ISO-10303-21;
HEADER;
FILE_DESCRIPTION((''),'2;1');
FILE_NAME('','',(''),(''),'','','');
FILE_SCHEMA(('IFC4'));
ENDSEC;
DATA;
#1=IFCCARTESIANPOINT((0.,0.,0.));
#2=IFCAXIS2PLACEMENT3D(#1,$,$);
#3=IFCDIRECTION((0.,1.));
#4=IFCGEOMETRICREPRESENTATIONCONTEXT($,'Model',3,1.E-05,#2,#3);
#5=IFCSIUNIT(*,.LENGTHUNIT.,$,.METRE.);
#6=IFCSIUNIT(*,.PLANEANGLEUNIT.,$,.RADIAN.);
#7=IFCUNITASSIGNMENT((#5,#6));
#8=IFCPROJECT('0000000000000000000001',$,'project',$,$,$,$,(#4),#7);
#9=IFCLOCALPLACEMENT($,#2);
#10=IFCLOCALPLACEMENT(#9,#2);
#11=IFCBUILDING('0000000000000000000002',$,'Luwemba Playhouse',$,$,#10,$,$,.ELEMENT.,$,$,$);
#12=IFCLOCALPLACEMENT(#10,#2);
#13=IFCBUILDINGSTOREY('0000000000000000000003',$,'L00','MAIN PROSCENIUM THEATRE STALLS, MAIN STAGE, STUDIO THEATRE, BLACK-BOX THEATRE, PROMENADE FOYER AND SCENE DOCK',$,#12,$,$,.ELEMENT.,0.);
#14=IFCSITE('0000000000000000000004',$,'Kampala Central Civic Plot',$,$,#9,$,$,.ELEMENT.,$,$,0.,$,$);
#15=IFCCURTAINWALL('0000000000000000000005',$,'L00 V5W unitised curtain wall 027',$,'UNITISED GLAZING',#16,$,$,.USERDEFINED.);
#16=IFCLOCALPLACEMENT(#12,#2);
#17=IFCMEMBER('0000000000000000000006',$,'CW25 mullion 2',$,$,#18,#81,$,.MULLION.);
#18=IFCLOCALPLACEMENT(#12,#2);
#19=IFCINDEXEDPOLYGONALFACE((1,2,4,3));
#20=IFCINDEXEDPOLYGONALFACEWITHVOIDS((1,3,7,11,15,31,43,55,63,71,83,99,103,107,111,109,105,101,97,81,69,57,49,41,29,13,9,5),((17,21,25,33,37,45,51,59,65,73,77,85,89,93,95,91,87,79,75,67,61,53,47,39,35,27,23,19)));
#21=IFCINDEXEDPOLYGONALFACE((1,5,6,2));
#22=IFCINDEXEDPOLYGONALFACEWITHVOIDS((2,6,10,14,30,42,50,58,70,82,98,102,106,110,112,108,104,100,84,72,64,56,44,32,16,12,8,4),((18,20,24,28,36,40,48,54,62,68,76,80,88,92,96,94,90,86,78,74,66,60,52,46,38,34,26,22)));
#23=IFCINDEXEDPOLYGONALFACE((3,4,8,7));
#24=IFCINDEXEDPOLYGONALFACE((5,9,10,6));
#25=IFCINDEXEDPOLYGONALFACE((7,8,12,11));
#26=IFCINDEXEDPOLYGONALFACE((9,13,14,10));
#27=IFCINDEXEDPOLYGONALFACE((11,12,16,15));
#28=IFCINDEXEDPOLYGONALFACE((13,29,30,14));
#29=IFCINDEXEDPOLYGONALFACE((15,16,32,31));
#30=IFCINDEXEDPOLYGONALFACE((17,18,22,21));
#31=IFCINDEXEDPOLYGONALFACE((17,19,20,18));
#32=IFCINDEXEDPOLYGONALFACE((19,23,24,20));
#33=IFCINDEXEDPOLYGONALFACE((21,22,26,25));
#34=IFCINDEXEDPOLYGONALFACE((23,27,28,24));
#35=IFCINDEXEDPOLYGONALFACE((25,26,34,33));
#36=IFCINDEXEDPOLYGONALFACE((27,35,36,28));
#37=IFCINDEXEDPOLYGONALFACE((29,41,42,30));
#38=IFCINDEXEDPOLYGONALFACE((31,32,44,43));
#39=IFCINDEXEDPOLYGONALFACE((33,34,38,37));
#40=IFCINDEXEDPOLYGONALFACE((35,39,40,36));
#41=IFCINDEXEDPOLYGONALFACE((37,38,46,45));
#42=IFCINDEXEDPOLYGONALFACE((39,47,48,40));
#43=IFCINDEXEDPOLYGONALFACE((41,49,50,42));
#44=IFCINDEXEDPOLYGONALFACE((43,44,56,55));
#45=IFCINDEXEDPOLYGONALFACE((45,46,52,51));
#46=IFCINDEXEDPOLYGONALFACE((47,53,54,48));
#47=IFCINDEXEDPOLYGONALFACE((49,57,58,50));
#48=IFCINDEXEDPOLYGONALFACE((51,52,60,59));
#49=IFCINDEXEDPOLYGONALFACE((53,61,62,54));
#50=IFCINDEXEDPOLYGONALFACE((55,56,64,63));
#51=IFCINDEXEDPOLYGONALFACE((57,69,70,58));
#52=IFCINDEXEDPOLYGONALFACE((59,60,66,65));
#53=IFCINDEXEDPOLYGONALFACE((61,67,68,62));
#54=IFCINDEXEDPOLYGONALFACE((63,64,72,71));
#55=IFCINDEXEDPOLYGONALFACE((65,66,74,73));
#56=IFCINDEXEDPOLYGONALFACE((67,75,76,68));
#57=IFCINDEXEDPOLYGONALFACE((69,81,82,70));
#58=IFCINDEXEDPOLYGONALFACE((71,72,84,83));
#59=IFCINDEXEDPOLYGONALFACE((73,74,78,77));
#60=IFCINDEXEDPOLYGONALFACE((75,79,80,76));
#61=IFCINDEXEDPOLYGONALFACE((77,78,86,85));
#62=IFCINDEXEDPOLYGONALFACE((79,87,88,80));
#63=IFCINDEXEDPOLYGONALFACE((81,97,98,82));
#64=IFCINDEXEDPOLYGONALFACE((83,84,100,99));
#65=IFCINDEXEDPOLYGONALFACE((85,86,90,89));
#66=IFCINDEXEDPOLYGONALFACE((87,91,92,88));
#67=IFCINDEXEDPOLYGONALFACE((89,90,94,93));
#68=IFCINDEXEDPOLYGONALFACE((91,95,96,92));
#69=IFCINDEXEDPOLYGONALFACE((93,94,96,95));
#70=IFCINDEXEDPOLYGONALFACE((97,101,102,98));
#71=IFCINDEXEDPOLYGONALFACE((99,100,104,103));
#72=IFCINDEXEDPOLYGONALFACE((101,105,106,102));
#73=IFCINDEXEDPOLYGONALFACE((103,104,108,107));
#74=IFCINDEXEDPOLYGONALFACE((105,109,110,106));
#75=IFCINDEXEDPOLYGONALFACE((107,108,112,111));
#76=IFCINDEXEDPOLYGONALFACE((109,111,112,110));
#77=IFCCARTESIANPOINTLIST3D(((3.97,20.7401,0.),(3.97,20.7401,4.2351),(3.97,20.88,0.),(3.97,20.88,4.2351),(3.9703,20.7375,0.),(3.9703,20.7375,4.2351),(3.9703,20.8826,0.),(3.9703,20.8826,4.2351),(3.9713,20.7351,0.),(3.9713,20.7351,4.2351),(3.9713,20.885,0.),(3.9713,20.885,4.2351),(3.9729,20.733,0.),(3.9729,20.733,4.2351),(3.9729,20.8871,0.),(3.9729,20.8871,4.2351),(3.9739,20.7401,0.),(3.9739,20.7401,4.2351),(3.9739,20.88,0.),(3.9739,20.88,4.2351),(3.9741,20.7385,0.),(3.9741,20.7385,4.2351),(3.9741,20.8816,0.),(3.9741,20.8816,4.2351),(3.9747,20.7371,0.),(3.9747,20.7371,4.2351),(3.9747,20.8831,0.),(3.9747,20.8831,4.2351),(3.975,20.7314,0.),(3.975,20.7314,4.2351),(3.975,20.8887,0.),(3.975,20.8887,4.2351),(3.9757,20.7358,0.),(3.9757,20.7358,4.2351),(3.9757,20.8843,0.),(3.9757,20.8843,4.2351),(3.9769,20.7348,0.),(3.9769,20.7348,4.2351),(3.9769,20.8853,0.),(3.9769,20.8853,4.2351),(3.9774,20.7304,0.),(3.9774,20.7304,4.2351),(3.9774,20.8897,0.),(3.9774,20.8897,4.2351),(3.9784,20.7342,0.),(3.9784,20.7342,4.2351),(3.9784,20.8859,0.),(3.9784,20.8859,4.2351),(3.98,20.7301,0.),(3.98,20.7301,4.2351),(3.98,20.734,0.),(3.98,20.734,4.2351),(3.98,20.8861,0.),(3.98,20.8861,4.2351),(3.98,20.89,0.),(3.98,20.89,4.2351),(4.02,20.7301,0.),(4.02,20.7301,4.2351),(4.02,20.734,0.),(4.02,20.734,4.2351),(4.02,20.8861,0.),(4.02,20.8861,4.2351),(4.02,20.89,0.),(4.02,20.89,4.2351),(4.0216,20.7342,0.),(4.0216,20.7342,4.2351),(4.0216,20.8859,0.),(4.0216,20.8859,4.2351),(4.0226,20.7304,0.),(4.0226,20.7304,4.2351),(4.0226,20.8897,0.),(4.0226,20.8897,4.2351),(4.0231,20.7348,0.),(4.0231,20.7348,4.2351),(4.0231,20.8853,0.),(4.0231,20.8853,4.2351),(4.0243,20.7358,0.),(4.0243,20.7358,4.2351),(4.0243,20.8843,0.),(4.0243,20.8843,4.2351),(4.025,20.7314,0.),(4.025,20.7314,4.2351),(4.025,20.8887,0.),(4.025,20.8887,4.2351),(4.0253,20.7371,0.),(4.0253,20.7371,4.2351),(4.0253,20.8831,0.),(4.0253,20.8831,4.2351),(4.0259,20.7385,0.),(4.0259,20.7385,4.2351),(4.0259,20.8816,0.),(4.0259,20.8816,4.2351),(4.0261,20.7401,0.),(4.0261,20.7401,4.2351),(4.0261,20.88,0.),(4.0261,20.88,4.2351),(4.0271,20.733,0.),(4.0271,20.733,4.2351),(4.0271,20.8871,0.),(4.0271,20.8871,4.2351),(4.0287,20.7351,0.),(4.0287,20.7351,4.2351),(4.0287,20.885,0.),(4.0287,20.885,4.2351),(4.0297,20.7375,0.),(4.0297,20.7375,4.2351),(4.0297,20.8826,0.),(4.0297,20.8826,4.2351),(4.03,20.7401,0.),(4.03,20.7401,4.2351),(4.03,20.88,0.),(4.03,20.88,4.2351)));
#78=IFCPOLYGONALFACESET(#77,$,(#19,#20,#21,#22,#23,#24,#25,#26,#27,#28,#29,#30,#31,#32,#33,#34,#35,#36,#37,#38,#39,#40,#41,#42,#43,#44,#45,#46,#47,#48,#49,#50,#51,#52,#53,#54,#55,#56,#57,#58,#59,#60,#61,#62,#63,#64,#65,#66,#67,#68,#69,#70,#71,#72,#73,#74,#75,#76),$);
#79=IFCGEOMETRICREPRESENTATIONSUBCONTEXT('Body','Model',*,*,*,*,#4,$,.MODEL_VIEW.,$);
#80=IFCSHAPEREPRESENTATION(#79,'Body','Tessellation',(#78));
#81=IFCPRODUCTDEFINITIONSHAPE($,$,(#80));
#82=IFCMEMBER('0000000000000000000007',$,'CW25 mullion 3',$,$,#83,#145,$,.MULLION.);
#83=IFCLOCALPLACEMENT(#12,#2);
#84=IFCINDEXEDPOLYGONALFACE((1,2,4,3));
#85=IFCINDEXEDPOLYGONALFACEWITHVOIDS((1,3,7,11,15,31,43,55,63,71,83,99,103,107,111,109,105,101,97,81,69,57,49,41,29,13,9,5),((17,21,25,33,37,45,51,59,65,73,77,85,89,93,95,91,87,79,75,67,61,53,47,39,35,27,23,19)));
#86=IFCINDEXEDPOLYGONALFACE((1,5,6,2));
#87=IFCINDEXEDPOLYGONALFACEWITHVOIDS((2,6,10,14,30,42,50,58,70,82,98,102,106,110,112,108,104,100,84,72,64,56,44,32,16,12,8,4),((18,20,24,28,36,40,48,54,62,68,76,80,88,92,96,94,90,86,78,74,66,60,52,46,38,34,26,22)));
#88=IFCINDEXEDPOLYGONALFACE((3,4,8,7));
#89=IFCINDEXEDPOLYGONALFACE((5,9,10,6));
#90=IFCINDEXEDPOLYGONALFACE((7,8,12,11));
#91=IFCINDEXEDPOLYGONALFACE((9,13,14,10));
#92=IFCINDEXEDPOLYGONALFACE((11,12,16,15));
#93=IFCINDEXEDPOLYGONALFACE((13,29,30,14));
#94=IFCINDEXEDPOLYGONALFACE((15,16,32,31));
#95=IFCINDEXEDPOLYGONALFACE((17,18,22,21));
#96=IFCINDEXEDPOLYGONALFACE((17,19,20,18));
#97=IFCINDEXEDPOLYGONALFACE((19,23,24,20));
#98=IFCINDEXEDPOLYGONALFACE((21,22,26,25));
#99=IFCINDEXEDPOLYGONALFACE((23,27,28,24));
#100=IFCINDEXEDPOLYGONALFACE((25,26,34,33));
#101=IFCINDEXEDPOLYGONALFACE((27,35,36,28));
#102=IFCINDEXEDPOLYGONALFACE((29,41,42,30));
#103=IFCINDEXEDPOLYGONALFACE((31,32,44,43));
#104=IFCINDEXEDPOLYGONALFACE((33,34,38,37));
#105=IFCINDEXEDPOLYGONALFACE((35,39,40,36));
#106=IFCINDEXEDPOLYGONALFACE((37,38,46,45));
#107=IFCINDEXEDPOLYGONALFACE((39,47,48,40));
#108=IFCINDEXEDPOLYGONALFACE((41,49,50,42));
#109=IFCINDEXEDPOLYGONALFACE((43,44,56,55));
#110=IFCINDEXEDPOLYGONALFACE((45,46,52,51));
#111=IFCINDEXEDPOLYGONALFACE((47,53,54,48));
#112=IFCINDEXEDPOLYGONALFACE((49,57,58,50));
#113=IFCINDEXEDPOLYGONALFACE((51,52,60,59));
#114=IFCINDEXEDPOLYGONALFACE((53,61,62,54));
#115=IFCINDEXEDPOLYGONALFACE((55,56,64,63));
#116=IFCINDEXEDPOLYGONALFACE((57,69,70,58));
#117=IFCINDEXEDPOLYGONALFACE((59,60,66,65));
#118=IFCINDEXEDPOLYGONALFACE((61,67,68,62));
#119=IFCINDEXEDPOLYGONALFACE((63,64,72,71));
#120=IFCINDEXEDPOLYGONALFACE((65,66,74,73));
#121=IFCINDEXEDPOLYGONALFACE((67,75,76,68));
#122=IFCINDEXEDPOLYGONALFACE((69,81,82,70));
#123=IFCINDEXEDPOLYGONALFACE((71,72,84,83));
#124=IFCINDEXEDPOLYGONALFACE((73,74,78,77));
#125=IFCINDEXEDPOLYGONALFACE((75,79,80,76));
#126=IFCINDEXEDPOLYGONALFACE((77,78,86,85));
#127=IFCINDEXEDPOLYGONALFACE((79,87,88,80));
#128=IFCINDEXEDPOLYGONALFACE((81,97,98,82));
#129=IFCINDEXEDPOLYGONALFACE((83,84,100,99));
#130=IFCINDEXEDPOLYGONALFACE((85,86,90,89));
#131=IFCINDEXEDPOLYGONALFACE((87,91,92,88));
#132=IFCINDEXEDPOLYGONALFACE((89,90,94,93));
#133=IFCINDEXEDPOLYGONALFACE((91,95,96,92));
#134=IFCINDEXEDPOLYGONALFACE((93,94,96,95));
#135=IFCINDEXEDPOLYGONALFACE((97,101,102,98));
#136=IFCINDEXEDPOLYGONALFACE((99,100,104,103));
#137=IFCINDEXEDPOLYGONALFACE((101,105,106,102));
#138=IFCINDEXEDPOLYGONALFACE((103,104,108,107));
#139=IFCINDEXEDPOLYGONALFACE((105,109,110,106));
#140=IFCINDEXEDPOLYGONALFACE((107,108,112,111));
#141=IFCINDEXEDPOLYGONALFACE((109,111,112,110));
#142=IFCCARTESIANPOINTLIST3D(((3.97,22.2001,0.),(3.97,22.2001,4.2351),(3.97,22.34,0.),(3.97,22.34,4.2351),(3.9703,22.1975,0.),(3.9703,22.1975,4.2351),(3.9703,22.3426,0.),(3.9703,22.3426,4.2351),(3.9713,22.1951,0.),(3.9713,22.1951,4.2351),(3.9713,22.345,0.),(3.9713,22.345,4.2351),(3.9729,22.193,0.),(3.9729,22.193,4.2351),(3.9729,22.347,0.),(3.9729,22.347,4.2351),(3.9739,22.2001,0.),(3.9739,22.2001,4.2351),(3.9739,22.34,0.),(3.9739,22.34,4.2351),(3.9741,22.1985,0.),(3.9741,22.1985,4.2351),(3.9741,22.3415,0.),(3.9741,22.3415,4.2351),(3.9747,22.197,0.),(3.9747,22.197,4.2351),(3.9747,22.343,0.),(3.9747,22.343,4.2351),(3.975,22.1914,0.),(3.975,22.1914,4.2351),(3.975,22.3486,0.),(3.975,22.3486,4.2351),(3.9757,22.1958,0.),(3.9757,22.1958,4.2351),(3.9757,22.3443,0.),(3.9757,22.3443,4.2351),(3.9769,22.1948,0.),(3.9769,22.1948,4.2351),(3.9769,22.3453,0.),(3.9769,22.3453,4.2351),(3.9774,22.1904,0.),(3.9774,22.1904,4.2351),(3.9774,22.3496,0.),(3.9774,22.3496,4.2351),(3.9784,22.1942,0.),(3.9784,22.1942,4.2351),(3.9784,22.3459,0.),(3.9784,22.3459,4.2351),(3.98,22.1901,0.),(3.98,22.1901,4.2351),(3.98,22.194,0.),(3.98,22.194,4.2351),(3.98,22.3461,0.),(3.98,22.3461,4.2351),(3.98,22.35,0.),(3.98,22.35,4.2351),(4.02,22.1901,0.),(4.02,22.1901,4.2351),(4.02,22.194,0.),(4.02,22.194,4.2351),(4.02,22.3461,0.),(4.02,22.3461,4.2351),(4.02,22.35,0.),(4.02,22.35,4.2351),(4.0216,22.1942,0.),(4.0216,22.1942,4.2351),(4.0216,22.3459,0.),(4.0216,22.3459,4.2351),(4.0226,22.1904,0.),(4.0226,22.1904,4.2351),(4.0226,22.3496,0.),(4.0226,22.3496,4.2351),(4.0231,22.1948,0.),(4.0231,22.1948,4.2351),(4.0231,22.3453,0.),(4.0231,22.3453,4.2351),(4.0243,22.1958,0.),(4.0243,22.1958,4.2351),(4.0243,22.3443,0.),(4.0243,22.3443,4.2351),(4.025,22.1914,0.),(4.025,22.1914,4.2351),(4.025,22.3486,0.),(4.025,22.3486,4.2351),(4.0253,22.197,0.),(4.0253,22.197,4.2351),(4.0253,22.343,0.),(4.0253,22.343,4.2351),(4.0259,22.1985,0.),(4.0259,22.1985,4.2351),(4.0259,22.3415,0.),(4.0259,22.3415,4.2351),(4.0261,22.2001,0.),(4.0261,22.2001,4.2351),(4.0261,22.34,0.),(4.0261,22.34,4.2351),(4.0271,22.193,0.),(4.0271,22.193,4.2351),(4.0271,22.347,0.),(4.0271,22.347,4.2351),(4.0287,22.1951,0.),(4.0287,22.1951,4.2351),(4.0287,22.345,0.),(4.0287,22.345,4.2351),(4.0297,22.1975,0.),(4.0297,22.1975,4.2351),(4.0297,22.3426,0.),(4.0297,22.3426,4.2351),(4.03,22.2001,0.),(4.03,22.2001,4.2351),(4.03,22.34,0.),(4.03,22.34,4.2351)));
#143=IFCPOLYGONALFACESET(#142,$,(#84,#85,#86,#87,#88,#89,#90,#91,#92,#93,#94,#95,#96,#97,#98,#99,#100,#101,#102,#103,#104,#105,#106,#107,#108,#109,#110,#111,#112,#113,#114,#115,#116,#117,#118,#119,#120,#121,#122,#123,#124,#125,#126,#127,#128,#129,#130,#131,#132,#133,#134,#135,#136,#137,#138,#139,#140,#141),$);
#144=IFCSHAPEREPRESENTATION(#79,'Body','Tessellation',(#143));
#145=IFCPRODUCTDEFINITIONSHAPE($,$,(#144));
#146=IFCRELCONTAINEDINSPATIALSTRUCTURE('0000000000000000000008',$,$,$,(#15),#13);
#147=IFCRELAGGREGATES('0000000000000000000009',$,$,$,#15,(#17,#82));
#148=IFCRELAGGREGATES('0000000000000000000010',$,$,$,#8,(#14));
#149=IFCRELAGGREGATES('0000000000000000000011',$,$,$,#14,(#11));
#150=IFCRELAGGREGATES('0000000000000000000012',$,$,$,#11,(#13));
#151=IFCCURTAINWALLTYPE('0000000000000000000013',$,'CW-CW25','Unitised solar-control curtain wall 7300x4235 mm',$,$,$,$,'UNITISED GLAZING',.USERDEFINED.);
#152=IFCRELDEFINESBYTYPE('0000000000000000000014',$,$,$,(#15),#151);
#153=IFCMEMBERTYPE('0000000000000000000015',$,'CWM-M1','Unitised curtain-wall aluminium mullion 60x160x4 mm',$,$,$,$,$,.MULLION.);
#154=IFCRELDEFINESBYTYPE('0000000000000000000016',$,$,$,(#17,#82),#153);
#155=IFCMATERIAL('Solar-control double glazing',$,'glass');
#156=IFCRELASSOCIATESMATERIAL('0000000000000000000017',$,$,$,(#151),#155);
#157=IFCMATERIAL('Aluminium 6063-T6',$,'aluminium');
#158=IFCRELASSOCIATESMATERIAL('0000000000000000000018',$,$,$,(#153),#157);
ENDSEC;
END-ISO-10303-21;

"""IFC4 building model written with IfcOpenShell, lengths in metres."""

from ifc_helpers import new_model, si_unit, direction, frame, origin, origin_2d, place, context, subcontext, project, spatial, hollow_rectangle, extrude, material, material_profile, profile_set, type_object, element, aggregate, save


model = new_model("IFC4")

# Units and contexts
model_context = context("Model", 3, precision=1e-05, world=origin(), true_north=direction((0.0, 1.0)))
body_context = subcontext(model_context, "Body", "Model", "MODEL_VIEW")
ifc_project = project(units=[si_unit("LENGTHUNIT", "METRE"), si_unit("PLANEANGLEUNIT", "RADIAN")], contexts=[model_context])

# Site, building, storey
site_placement = place(None, origin())
site = spatial("IfcSite", under=ifc_project, at=site_placement, Name="Kampala Central Civic Plot", CompositionType="ELEMENT", RefElevation=0.0)
building_placement = place(site_placement, origin())
building = spatial("IfcBuilding", under=site, at=building_placement, Name="Luwemba Playhouse", CompositionType="ELEMENT")
storey_placement = place(building_placement, origin())
storey = spatial("IfcBuildingStorey", under=building, at=storey_placement, Name="L00", Description="MAIN PROSCENIUM THEATRE STALLS, MAIN STAGE, STUDIO THEATRE, BLACK-BOX THEATRE, PROMENADE FOYER AND SCENE DOCK", CompositionType="ELEMENT", Elevation=0.0)

# Curtain wall, members
ifc_material_1 = material(Name="Solar-control double glazing", Category="glass")
curtain_wall_type = type_object("IfcCurtainWallType", Name="CW-CW25", Description="Unitised solar-control curtain wall 7300x4235 mm", ElementType="UNITISED GLAZING", PredefinedType="USERDEFINED", material=ifc_material_1)
curtain_wall_placement = place(storey_placement, origin())
curtain_wall = element("IfcCurtainWall", 1, at=curtain_wall_placement, inside=storey, type_object=curtain_wall_type, Name="L00 V5W unitised curtain wall 027", ObjectType="UNITISED GLAZING", PredefinedType="USERDEFINED")
ifc_material_2 = material(Name="Aluminium 6063-T6", Category="aluminium")
ifc_material_profile_1 = material_profile(ifc_material_2, hollow_rectangle(XDim=0.0601, YDim=0.1599, WallThickness=0.0039, InnerFilletRadius=0.0061, OuterFilletRadius=0.01, at=origin_2d()))
ifc_profile_set_1 = profile_set([ifc_material_profile_1], Name="Aluminium 6063-T6")
member_type_1 = type_object("IfcMemberType", Name="CWM-M1", Description="Unitised curtain-wall aluminium mullion 60x160x4 mm", PredefinedType="MULLION", material=ifc_profile_set_1)
member_1_placement = place(storey_placement, frame((4.0, 20.8101, 0.0), z_axis=(0.0, 0.0, 1.0), x_axis=(-1.0, 0.0, 0.0)))
member_1 = element("IfcMember", 2, at=member_1_placement, type_object=member_type_1, Name="CW25 mullion 2", PredefinedType="MULLION", context=body_context, shape_type="SweptSolid", body=[
    extrude(hollow_rectangle(XDim=0.0601, YDim=0.1599, WallThickness=0.0039, InnerFilletRadius=0.0061, OuterFilletRadius=0.01, at=origin_2d()), origin(), (0.0, 0.0, 1.0), 4.2351),
])
member_2_placement = place(storey_placement, frame((4.0, 22.27, 0.0), z_axis=(0.0, 0.0, 1.0), x_axis=(-1.0, 0.0, 0.0)))
member_2 = element("IfcMember", 3, at=member_2_placement, type_object=member_type_1, Name="CW25 mullion 3", PredefinedType="MULLION", context=body_context, shape_type="SweptSolid", body=[
    extrude(hollow_rectangle(XDim=0.0601, YDim=0.1599, WallThickness=0.0039, InnerFilletRadius=0.0061, OuterFilletRadius=0.01, at=origin_2d()), origin(), (0.0, 0.0, 1.0), 4.2351),
])
aggregate(curtain_wall, [member_1, member_2])

save(model, "model.ifc")
